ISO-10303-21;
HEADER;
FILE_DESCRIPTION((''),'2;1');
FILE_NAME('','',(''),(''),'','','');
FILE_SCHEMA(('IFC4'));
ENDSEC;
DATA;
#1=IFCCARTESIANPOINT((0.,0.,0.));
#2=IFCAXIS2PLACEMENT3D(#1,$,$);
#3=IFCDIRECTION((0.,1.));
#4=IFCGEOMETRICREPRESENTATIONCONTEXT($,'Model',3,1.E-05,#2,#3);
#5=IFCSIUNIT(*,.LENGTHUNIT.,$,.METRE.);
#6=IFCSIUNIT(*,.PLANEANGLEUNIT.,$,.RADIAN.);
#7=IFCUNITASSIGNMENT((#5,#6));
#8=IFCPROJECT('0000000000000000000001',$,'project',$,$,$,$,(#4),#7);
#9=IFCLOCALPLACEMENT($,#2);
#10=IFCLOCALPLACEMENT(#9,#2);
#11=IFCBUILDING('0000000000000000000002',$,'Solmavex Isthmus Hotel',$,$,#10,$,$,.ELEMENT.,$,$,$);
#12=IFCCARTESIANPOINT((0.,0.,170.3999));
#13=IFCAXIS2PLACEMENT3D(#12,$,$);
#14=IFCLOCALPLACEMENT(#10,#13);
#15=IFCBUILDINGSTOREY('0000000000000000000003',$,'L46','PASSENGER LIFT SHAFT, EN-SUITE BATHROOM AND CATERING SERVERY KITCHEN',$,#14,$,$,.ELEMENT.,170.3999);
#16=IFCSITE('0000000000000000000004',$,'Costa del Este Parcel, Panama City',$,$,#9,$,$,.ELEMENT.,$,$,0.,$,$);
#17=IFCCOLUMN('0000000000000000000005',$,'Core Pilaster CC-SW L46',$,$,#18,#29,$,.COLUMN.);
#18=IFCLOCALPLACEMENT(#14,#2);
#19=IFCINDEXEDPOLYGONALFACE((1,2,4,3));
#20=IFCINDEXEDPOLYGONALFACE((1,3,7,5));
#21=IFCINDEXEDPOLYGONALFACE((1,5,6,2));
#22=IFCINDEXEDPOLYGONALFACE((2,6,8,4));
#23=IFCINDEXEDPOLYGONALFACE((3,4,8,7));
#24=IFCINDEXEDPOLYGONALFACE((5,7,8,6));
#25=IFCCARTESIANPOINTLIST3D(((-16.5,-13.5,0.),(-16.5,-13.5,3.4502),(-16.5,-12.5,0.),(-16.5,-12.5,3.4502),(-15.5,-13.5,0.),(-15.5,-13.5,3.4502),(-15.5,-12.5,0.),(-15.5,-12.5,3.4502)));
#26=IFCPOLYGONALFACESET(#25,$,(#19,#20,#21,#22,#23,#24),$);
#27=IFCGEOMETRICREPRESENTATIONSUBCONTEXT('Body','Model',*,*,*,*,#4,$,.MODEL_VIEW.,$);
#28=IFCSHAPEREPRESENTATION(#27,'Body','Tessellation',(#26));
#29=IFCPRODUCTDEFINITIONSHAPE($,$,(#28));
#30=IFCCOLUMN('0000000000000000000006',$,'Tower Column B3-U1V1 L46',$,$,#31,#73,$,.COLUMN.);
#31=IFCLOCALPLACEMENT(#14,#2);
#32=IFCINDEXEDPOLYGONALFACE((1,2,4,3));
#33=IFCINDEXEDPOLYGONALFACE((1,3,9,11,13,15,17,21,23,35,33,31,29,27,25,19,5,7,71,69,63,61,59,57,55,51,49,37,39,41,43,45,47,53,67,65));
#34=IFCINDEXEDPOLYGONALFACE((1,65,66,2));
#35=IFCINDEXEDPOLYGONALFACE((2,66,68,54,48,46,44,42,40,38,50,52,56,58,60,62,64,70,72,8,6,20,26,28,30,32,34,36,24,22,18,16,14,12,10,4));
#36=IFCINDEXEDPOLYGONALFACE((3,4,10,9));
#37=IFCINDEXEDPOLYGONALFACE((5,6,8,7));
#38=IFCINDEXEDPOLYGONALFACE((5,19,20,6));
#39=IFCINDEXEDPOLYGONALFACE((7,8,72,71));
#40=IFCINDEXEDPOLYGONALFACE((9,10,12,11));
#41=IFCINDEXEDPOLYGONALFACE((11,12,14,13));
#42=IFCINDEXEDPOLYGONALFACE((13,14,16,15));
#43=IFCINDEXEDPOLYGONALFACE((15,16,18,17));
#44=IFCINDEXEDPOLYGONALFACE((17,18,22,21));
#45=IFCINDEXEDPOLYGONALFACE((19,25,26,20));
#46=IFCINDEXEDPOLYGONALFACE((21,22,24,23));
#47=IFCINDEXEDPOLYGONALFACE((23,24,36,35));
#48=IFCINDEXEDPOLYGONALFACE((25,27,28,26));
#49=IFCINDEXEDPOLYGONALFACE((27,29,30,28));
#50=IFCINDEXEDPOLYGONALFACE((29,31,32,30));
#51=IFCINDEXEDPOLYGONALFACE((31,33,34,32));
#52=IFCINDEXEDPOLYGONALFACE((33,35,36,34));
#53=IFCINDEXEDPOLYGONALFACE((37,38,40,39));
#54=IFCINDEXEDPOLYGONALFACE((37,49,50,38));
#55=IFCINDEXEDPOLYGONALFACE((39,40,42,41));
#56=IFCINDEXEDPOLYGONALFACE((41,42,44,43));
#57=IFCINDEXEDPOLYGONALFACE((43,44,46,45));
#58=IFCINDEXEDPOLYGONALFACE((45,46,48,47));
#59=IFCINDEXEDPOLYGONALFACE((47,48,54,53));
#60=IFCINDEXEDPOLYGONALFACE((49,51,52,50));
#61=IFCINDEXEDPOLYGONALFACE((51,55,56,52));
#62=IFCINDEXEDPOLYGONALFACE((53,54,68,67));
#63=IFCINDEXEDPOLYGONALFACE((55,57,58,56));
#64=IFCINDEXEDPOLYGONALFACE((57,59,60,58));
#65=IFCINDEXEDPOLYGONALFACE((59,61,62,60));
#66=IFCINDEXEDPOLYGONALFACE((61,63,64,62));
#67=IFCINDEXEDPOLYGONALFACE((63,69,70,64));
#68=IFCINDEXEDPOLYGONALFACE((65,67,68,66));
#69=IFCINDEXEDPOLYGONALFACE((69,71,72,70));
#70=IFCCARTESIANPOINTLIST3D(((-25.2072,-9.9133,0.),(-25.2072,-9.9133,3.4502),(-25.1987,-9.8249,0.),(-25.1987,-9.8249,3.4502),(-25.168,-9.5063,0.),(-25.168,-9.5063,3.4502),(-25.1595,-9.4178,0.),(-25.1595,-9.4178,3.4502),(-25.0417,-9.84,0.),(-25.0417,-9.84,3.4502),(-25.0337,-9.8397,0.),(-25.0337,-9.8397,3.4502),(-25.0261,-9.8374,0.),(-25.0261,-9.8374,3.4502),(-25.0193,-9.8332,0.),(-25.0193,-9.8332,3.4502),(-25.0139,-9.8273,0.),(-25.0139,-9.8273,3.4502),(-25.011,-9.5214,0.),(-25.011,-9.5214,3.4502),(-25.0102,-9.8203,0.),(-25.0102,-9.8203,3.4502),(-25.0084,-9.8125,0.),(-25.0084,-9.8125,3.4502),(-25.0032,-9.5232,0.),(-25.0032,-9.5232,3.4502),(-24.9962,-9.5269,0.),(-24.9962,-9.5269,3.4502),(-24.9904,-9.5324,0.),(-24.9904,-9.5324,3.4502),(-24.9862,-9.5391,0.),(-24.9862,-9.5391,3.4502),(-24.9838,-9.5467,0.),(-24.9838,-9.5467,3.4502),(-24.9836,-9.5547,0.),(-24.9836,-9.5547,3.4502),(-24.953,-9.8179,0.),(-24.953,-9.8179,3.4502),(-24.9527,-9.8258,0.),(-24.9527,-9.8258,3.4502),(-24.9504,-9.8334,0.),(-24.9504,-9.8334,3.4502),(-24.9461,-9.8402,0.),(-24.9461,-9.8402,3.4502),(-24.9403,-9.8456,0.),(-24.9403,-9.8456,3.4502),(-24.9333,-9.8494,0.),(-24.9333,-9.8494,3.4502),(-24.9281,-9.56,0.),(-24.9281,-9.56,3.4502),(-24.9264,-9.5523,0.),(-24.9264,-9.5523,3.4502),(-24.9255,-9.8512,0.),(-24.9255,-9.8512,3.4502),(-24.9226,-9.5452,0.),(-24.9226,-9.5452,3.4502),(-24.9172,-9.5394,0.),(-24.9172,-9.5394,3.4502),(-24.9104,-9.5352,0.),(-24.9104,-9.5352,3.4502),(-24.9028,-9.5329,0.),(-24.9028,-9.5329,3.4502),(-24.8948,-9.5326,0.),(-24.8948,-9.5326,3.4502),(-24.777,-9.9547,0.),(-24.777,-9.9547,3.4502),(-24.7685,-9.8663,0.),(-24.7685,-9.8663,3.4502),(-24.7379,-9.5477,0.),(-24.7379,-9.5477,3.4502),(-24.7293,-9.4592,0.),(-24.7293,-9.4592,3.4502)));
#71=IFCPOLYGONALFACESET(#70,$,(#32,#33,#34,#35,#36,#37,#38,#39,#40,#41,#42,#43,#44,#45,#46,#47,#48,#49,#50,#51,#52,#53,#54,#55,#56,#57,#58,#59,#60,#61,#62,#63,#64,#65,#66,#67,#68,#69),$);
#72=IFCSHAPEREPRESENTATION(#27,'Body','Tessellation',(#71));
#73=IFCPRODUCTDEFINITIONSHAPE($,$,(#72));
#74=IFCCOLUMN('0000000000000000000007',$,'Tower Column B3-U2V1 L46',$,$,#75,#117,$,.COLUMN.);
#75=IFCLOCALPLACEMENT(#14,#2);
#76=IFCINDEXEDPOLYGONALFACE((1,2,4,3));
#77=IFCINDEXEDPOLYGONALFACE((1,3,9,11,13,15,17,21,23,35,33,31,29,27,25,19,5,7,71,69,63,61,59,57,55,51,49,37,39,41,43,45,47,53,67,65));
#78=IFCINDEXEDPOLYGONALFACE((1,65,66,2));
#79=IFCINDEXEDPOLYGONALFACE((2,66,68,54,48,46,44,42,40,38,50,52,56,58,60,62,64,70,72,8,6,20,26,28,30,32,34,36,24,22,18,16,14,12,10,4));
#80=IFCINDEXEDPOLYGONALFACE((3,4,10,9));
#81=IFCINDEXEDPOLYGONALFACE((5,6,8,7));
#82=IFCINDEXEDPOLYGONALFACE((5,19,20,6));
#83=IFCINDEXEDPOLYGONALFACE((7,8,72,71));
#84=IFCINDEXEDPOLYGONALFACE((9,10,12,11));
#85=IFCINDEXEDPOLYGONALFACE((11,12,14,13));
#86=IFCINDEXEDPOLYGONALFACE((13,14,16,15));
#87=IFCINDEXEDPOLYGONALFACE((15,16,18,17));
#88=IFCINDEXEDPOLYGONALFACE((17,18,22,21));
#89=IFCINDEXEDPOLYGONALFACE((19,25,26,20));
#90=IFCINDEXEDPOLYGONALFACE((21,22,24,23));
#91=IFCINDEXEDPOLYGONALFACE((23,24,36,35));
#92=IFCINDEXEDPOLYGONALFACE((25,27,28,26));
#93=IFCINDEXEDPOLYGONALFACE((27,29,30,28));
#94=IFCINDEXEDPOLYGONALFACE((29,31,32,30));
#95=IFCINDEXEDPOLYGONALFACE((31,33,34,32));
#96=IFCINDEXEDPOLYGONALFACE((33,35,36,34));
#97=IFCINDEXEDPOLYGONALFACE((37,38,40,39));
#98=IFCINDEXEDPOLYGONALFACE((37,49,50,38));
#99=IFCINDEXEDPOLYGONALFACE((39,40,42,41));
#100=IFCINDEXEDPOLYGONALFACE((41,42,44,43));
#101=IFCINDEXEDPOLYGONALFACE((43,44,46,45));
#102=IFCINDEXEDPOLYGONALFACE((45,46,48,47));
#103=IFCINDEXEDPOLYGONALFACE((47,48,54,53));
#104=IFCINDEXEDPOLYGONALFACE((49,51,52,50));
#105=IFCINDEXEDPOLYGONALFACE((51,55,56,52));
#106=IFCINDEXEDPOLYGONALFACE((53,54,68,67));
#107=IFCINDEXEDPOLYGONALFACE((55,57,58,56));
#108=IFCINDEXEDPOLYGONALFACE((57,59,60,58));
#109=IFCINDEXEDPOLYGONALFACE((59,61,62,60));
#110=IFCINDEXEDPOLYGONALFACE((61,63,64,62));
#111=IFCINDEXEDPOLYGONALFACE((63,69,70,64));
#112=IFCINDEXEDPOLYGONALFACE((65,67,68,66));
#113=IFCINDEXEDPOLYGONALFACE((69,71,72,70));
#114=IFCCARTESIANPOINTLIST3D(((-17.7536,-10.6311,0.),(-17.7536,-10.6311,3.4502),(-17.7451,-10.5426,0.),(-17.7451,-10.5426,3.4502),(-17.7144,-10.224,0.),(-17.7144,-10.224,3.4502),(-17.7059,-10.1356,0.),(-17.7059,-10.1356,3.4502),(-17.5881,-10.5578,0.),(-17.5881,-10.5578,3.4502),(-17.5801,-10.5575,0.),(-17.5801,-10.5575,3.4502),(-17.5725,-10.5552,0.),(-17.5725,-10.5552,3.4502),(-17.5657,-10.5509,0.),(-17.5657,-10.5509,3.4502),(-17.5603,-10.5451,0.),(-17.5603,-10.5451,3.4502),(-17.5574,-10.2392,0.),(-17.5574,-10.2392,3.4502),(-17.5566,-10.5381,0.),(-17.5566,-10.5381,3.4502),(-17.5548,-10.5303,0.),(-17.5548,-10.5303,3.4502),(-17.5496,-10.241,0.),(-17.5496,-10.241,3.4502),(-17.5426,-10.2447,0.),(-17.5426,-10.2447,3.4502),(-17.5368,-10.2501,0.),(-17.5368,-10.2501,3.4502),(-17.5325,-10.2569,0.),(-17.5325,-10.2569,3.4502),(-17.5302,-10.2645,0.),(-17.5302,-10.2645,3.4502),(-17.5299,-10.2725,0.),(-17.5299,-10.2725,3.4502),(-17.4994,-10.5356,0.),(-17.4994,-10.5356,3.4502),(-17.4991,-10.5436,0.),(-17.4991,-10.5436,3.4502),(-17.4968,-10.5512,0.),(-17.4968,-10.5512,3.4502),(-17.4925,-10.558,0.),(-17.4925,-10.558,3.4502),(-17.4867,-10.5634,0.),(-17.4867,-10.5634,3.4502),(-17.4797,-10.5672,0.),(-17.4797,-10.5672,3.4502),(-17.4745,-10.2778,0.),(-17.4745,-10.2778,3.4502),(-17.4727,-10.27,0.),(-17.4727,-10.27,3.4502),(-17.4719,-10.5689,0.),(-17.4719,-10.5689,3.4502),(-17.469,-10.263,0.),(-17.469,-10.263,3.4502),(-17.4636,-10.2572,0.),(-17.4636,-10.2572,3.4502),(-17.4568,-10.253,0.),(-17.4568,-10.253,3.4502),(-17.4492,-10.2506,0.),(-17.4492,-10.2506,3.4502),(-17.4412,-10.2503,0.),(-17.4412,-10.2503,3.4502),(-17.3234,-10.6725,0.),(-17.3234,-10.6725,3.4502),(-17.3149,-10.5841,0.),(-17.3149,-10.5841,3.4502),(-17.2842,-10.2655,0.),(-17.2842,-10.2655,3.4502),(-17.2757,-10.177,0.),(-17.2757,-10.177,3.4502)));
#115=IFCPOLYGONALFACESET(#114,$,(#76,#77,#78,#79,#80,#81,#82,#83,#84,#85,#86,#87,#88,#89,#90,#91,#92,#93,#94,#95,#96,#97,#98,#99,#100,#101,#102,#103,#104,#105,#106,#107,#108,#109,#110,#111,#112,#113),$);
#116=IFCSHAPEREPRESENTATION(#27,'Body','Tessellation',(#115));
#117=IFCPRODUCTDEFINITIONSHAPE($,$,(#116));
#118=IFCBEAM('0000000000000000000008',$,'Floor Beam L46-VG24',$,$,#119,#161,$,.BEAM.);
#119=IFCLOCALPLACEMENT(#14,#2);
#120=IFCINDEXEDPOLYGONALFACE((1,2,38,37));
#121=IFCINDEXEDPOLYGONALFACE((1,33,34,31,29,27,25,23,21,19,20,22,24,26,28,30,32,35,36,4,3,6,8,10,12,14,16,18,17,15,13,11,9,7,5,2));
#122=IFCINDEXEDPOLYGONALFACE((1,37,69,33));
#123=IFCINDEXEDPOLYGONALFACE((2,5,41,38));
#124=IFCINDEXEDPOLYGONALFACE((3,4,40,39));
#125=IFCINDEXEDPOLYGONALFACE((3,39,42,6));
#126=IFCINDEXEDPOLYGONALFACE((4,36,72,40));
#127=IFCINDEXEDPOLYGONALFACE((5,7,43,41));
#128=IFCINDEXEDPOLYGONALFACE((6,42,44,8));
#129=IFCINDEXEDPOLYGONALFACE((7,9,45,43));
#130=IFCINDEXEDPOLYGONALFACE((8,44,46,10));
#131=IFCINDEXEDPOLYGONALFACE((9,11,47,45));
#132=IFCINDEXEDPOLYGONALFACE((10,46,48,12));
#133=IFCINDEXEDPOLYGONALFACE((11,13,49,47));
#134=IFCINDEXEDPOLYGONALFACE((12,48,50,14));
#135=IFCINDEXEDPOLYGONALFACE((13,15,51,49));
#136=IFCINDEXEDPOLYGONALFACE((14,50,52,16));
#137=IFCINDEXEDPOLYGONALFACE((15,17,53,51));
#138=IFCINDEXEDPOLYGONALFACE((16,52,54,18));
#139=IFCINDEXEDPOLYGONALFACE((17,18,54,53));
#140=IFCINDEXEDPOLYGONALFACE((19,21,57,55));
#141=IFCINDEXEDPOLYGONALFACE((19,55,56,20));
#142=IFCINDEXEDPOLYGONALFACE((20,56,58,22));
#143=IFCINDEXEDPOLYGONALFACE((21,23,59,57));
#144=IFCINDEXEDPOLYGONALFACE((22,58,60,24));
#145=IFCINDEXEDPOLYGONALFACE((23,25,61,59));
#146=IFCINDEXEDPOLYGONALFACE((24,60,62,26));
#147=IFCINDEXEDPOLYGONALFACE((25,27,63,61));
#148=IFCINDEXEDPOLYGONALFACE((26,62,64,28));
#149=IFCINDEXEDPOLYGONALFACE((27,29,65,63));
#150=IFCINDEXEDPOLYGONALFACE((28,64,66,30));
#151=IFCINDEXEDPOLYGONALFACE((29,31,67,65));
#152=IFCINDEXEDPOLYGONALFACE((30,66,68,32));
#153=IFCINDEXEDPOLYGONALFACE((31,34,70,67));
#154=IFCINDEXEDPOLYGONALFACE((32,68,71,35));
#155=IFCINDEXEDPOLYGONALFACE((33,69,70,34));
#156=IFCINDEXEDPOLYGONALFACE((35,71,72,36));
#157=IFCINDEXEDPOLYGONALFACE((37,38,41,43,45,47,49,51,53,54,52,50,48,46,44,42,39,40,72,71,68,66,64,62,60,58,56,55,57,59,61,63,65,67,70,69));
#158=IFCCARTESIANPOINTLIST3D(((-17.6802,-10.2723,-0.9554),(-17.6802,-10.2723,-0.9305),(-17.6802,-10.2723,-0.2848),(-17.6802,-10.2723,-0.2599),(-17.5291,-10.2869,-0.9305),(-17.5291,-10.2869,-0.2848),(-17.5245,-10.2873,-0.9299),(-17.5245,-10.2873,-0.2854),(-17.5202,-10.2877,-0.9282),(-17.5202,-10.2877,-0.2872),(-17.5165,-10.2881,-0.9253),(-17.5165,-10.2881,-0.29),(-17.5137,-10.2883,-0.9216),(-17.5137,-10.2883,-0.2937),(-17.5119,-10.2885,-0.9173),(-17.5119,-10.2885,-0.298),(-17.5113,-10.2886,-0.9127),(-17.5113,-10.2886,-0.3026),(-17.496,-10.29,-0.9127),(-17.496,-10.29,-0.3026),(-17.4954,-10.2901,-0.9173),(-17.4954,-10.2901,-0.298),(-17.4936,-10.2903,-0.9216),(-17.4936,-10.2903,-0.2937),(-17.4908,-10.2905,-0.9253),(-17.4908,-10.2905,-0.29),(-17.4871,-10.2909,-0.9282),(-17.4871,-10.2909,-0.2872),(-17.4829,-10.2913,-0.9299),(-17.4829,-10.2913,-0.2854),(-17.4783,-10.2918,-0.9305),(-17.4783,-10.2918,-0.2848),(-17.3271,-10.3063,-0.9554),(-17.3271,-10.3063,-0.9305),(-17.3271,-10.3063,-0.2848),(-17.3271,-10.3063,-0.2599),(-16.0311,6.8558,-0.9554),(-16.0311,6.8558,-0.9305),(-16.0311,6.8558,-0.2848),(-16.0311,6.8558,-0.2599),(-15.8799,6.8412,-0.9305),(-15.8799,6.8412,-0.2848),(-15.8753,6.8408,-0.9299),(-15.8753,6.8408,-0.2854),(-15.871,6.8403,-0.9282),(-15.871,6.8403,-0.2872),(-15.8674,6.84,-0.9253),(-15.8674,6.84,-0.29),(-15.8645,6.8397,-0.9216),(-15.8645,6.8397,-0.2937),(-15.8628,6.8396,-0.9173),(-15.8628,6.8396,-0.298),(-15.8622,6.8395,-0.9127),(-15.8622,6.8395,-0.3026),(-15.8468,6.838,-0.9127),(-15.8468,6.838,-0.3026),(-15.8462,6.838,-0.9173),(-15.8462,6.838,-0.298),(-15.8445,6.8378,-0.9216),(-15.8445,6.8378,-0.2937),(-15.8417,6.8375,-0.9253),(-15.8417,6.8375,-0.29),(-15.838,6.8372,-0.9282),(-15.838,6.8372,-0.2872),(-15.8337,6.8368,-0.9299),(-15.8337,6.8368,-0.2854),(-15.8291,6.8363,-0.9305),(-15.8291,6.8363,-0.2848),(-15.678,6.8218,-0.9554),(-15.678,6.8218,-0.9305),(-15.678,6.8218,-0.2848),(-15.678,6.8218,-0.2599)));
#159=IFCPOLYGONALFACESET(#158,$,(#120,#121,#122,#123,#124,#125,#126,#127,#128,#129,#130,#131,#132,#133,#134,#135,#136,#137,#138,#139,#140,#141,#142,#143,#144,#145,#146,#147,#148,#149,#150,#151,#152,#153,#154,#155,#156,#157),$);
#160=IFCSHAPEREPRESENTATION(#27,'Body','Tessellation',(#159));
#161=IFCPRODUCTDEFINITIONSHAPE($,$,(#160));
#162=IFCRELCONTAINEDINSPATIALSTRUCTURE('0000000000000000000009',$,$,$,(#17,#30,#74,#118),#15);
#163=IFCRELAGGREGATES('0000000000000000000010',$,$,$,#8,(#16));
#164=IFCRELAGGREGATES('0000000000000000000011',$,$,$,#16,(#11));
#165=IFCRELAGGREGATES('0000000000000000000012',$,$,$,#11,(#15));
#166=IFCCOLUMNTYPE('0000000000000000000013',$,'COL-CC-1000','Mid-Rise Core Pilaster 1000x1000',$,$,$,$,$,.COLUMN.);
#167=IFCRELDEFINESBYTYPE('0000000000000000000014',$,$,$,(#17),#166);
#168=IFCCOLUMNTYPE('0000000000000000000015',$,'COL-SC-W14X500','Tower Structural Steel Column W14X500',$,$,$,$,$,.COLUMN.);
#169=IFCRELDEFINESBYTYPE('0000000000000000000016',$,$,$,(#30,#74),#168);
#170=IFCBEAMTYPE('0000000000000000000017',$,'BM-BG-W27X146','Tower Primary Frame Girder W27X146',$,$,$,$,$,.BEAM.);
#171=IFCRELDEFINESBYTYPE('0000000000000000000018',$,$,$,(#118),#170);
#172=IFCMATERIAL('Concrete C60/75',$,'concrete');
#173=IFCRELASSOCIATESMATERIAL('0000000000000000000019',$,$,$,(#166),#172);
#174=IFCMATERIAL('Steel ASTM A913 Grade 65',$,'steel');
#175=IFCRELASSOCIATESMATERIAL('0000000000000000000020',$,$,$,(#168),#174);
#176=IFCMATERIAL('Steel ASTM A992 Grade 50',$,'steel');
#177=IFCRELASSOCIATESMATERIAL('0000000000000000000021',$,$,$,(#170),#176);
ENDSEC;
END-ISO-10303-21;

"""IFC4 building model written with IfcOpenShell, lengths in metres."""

from ifc_helpers import new_model, si_unit, direction, frame, origin, origin_2d, place, context, subcontext, project, spatial, rectangle, i_section, extrude, material, material_profile, profile_set, type_object, element, save


model = new_model("IFC4")

# Units and contexts
model_context = context("Model", 3, precision=1e-05, world=origin(), true_north=direction((0.0, 1.0)))
body_context = subcontext(model_context, "Body", "Model", "MODEL_VIEW")
ifc_project = project(units=[si_unit("LENGTHUNIT", "METRE"), si_unit("PLANEANGLEUNIT", "RADIAN")], contexts=[model_context])

# Site, building, storey
site_placement = place(None, origin())
site = spatial("IfcSite", under=ifc_project, at=site_placement, Name="Costa del Este Parcel, Panama City", CompositionType="ELEMENT", RefElevation=0.0)
building_placement = place(site_placement, origin())
building = spatial("IfcBuilding", under=site, at=building_placement, Name="Solmavex Isthmus Hotel", CompositionType="ELEMENT")
storey_placement = place(building_placement, frame((0.0, 0.0, 170.3999)))
storey = spatial("IfcBuildingStorey", under=building, at=storey_placement, Name="L46", Description="PASSENGER LIFT SHAFT, EN-SUITE BATHROOM AND CATERING SERVERY KITCHEN", CompositionType="ELEMENT", Elevation=170.3999)

# Columns
ifc_material_1 = material(Name="Concrete C60/75", Category="concrete")
ifc_material_profile_1 = material_profile(ifc_material_1, rectangle(XDim=1.0, YDim=1.0, at=origin_2d()), Name="RC1000X1000")
ifc_profile_set_1 = profile_set([ifc_material_profile_1], Name="Concrete C60/75")
column_type_1 = type_object("IfcColumnType", Name="COL-CC-1000", Description="Mid-Rise Core Pilaster 1000x1000", PredefinedType="COLUMN", material=ifc_profile_set_1)
column_placement = place(storey_placement, frame((-16.0, -13.0, 0.0), z_axis=(0.0, 0.0, 1.0), x_axis=(1.0, 0.0, 0.0)))
element("IfcColumn", 1, at=column_placement, inside=storey, type_object=column_type_1, Name="Core Pilaster CC-SW L46", PredefinedType="COLUMN", context=body_context, shape_type="SweptSolid", body=[
    extrude(rectangle(XDim=1.0, YDim=1.0, at=origin_2d()), origin(), (0.0, 0.0, 1.0), 3.4502),
])
ifc_material_2 = material(Name="Steel ASTM A913 Grade 65", Category="steel")
ifc_material_profile_2 = material_profile(ifc_material_2, i_section(OverallWidth=0.4321, OverallDepth=0.4978, WebThickness=0.0557, FlangeThickness=0.0889, FilletRadius=0.0305, at=origin_2d()), Name="W14X500")
ifc_profile_set_2 = profile_set([ifc_material_profile_2], Name="Steel ASTM A913 Grade 65")
column_type_2 = type_object("IfcColumnType", Name="COL-SC-W14X500", Description="Tower Structural Steel Column W14X500", PredefinedType="COLUMN", material=ifc_profile_set_2)
for number, where, z_axis, x_axis, name in (
    (2, (-24.9683, -9.6863, 0.0), (0.0, 0.0, 1.0), (0.995396, -0.095846, 0.0), "Tower Column B3-U1V1 L46"),
    (3, (-17.5146, -10.4041, 0.0), (0.0, 0.0, 1.0), (0.995396, -0.095846, 0.0), "Tower Column B3-U2V1 L46"),
):
    element("IfcColumn", number, at=place(storey_placement, frame(where, z_axis=z_axis, x_axis=x_axis)), inside=storey, type_object=column_type_2, Name=name, PredefinedType="COLUMN", context=body_context, shape_type="SweptSolid", body=[
        extrude(i_section(OverallWidth=0.4321, OverallDepth=0.4978, WebThickness=0.0557, FlangeThickness=0.0889, FilletRadius=0.0305, at=origin_2d()), origin(), (0.0, 0.0, 1.0), 3.4502),
    ])

# Beam
ifc_material_3 = material(Name="Steel ASTM A992 Grade 50", Category="steel")
ifc_material_profile_3 = material_profile(ifc_material_3, i_section(OverallWidth=0.3547, OverallDepth=0.6956, WebThickness=0.0154, FlangeThickness=0.0249, FilletRadius=0.0178, at=origin_2d()), Name="W27X146")
ifc_profile_set_3 = profile_set([ifc_material_profile_3], Name="Steel ASTM A992 Grade 50")
beam_type_1 = type_object("IfcBeamType", Name="BM-BG-W27X146", Description="Tower Primary Frame Girder W27X146", PredefinedType="BEAM", material=ifc_profile_set_3)
beam_1_placement = place(storey_placement, frame((-17.5037, -10.2893, -0.6077), z_axis=(0.095841, 0.995397, 0.0), x_axis=(-0.995397, 0.095841, 0.0)))
element("IfcBeam", 4, at=beam_1_placement, inside=storey, type_object=beam_type_1, Name="Floor Beam L46-VG24", PredefinedType="BEAM", context=body_context, shape_type="SweptSolid", body=[
    extrude(i_section(OverallWidth=0.3547, OverallDepth=0.6956, WebThickness=0.0154, FlangeThickness=0.0249, FilletRadius=0.0178, at=origin_2d()), origin(), (0.0, 0.0, 1.0), 17.2073),
])

save(model, "model.ifc")
